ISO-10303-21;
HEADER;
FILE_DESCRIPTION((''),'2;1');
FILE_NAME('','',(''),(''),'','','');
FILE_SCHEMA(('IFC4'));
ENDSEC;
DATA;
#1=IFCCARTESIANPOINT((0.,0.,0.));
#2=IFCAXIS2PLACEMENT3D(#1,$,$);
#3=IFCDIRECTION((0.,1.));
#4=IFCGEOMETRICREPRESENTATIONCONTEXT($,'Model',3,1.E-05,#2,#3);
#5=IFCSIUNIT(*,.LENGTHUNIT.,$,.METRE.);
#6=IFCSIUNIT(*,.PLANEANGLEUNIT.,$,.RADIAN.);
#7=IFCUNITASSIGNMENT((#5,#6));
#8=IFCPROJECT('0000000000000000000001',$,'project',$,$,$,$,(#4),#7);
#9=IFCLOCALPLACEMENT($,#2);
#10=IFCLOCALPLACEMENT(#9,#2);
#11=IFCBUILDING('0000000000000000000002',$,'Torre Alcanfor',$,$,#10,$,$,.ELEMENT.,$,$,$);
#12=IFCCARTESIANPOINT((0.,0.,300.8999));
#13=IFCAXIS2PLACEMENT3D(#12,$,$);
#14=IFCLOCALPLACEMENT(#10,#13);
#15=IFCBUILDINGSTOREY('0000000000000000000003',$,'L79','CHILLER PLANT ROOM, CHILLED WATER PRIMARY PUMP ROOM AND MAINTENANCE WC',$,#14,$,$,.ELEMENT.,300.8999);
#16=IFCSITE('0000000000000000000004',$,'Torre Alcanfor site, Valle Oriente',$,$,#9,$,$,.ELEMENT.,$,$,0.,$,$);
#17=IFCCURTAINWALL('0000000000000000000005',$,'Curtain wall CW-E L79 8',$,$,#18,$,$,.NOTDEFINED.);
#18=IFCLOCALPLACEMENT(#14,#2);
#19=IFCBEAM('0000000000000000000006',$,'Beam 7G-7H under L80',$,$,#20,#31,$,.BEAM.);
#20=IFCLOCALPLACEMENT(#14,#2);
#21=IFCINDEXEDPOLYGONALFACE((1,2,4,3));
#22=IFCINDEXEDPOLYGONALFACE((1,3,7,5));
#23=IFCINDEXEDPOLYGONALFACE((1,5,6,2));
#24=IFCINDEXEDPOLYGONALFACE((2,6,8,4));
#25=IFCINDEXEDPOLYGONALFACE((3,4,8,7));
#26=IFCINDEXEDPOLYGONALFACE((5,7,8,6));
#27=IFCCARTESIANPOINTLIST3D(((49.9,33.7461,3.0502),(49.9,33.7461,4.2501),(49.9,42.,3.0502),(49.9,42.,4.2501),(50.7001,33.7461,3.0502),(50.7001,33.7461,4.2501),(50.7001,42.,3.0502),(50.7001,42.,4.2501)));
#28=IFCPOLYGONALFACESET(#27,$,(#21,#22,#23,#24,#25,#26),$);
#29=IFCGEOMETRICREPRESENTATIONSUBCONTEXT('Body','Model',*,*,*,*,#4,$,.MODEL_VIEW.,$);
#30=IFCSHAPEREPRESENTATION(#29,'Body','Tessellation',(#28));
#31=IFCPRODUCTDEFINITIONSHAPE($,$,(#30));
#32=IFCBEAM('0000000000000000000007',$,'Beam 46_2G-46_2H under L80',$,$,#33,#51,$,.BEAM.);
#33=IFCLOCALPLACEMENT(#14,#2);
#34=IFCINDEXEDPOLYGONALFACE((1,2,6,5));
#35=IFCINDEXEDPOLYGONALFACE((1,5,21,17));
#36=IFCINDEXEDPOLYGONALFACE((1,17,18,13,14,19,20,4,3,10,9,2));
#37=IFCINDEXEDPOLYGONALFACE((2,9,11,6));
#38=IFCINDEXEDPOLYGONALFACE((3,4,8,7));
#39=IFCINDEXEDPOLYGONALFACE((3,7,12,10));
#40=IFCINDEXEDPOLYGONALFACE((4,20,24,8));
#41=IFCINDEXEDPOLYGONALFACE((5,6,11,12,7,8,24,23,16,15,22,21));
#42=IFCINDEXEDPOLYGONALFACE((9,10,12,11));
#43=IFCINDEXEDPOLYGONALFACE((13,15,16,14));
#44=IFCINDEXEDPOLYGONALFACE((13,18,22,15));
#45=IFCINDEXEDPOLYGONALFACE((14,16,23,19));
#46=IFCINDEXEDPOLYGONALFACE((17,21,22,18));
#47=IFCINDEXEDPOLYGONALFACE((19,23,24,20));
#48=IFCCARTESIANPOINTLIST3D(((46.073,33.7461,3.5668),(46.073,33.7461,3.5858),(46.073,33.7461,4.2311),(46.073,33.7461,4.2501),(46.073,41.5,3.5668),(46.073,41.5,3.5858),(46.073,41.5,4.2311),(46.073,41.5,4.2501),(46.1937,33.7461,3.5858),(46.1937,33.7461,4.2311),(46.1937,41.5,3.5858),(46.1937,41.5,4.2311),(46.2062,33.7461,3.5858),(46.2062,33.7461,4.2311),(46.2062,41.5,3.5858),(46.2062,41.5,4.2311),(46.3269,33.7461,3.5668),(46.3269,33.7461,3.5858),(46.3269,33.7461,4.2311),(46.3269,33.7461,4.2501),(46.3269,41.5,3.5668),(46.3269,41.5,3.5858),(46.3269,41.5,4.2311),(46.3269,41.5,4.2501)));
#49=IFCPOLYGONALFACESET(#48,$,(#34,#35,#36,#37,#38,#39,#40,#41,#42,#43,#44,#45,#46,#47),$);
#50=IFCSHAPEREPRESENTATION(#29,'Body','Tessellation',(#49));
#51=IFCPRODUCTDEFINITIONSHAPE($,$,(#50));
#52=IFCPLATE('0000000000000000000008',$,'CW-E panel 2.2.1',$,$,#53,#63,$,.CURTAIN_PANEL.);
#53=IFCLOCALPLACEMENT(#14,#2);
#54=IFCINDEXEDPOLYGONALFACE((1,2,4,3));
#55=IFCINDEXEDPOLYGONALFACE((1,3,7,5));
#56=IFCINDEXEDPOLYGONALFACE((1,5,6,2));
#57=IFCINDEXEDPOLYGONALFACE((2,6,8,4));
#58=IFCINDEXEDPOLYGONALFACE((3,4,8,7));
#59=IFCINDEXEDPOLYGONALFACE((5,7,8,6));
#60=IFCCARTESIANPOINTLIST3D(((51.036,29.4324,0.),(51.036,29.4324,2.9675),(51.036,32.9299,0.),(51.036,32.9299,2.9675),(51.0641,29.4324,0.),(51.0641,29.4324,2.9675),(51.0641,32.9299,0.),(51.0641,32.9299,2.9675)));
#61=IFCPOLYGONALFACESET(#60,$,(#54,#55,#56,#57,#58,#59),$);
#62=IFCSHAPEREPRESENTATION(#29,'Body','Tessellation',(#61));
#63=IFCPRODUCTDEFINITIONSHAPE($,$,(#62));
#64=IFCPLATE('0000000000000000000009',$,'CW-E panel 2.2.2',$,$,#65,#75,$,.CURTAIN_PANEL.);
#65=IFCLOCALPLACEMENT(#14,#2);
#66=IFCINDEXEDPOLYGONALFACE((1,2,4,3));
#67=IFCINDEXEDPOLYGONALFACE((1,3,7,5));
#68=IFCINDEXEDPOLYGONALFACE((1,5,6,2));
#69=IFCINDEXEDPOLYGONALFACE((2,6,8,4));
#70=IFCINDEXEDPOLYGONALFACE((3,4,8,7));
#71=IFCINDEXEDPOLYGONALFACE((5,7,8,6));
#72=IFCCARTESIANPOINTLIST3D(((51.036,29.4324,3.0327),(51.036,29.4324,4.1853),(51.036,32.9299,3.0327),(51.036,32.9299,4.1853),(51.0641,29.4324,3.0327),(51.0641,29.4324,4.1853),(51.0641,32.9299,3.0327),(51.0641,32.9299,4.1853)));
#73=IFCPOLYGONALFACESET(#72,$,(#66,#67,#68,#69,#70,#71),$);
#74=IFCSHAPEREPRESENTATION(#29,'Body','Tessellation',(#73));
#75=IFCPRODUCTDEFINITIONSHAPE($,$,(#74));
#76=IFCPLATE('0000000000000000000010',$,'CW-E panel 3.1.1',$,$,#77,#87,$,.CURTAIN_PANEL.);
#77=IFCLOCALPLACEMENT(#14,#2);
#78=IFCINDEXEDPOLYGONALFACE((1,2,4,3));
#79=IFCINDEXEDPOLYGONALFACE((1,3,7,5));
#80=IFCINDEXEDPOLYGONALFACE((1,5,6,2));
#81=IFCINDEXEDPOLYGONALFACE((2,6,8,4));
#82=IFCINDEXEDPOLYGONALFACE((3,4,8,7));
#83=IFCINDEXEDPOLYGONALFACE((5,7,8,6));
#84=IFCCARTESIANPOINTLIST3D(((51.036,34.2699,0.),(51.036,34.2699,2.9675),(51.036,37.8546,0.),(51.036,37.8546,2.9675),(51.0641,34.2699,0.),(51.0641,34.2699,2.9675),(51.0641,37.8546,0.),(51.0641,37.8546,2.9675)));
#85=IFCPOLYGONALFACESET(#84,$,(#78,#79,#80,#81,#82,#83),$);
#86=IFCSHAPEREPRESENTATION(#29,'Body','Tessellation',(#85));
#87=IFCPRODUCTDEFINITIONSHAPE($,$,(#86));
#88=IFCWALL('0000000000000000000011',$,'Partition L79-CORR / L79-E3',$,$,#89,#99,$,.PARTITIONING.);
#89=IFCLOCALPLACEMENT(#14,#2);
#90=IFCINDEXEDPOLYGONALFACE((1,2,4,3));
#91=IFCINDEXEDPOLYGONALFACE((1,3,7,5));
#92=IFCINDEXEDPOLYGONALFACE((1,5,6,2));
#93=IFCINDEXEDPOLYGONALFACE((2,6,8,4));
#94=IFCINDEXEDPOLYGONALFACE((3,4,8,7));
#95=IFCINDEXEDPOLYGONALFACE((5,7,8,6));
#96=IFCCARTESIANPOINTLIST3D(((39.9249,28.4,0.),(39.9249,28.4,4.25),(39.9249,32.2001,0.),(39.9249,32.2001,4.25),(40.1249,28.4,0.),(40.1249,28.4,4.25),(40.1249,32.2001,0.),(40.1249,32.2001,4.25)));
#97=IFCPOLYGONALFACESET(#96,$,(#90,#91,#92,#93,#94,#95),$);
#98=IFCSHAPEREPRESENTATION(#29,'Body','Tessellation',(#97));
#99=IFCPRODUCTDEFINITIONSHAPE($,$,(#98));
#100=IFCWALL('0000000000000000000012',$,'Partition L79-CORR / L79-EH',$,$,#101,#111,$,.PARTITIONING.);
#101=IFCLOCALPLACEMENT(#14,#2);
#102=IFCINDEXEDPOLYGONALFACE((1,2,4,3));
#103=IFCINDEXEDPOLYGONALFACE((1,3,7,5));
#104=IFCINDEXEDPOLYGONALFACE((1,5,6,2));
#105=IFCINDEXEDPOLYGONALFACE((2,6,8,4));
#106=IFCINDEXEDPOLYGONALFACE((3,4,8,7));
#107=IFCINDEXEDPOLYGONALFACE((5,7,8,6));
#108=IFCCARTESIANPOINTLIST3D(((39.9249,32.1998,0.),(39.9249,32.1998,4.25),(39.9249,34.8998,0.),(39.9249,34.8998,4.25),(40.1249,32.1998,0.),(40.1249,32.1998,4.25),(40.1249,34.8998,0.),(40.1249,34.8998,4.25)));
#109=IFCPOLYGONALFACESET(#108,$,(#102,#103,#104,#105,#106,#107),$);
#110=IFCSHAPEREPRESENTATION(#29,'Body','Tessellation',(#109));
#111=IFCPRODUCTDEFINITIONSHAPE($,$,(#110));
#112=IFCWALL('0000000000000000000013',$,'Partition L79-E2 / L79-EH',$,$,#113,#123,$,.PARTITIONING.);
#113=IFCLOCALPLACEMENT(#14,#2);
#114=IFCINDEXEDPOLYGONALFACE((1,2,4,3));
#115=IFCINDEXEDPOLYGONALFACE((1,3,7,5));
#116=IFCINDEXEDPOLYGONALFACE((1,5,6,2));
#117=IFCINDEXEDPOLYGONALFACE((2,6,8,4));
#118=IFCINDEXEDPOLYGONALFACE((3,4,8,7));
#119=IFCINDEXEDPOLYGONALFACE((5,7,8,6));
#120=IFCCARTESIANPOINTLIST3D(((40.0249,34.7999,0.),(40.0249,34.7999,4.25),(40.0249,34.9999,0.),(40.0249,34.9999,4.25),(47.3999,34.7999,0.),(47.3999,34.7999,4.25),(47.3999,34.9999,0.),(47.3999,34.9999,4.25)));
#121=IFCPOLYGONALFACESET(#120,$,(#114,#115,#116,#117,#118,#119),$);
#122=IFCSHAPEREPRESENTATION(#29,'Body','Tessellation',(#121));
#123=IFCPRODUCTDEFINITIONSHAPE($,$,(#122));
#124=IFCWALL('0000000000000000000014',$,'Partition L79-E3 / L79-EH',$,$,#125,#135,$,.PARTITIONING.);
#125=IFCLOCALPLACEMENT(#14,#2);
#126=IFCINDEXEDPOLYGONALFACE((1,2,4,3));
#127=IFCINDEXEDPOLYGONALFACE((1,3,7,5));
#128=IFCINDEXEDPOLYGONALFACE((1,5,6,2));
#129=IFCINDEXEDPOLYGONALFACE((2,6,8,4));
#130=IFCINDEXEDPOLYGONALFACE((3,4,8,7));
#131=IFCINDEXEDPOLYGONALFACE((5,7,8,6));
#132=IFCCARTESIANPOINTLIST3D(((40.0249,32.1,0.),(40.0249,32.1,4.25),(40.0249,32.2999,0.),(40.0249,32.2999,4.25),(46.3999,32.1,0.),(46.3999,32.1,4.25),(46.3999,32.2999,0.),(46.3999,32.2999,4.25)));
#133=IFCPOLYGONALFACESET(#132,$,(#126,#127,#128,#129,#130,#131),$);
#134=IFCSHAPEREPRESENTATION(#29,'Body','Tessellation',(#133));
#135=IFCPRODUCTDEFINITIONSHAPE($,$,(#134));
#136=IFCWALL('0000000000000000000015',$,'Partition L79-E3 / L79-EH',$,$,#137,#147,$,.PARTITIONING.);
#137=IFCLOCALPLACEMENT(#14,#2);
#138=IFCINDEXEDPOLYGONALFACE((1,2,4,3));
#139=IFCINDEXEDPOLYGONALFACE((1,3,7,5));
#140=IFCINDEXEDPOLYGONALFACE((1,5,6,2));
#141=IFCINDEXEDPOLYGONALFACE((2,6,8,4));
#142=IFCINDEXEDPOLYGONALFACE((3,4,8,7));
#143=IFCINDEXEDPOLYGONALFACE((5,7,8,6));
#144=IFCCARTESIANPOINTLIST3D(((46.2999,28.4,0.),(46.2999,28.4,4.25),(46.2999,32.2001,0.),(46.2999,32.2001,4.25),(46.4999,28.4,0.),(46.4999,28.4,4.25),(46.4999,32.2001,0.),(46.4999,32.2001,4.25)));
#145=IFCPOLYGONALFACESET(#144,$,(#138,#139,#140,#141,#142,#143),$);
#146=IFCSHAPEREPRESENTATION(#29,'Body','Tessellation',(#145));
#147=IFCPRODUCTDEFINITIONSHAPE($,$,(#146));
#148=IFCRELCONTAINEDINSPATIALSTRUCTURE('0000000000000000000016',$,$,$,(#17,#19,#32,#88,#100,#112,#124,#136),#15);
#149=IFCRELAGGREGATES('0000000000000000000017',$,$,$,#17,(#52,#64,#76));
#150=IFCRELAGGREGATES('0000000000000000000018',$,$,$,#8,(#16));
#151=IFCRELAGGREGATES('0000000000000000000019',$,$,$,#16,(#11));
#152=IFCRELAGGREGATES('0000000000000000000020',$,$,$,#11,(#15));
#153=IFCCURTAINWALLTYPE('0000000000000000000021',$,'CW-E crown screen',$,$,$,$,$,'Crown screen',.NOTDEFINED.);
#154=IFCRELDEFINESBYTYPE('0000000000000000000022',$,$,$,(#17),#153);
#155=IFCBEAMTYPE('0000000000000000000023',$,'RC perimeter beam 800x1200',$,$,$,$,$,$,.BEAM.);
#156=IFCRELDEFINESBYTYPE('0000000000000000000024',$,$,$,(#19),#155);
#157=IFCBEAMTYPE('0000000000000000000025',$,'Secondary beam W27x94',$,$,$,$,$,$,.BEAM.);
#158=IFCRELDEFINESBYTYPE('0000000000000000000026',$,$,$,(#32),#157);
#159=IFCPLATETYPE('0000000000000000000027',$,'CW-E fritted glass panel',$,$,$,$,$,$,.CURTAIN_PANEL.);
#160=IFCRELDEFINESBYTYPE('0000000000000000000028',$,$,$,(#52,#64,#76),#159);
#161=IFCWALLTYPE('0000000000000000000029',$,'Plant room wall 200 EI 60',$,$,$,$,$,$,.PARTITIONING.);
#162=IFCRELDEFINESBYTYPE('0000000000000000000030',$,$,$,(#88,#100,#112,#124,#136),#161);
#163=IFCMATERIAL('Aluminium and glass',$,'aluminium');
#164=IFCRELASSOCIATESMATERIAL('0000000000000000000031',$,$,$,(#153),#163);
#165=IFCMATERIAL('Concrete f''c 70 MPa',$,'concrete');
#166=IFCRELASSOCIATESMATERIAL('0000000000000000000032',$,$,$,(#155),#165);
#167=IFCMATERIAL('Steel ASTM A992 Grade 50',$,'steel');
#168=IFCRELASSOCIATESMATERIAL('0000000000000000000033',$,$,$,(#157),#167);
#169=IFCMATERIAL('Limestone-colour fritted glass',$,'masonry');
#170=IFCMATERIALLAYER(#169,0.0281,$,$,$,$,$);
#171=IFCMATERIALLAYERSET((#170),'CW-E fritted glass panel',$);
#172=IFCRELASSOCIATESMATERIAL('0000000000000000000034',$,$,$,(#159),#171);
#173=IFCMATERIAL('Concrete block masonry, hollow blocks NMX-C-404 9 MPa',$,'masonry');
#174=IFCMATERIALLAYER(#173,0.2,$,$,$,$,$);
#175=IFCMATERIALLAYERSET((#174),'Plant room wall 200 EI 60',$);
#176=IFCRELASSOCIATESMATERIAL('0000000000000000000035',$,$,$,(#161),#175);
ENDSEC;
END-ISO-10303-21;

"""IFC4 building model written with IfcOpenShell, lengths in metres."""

from ifc_helpers import new_model, si_unit, direction, frame, frame_2d, origin, origin_2d, place, context, subcontext, project, spatial, rectangle, i_section, extrude, material, layer, layer_set, material_profile, profile_set, type_object, element, aggregate, save


model = new_model("IFC4")

# Units and contexts
model_context = context("Model", 3, precision=1e-05, world=origin(), true_north=direction((0.0, 1.0)))
body_context = subcontext(model_context, "Body", "Model", "MODEL_VIEW")
ifc_project = project(units=[si_unit("LENGTHUNIT", "METRE"), si_unit("PLANEANGLEUNIT", "RADIAN")], contexts=[model_context])

# Site, building, storey
site_placement = place(None, origin())
site = spatial("IfcSite", under=ifc_project, at=site_placement, Name="Torre Alcanfor site, Valle Oriente", CompositionType="ELEMENT", RefElevation=0.0)
building_placement = place(site_placement, origin())
building = spatial("IfcBuilding", under=site, at=building_placement, Name="Torre Alcanfor", CompositionType="ELEMENT")
storey_placement = place(building_placement, frame((0.0, 0.0, 300.8999)))
storey = spatial("IfcBuildingStorey", under=building, at=storey_placement, Name="L79", Description="CHILLER PLANT ROOM, CHILLED WATER PRIMARY PUMP ROOM AND MAINTENANCE WC", CompositionType="ELEMENT", Elevation=300.8999)

# Curtain wall
ifc_material_1 = material(Name="Aluminium and glass", Category="aluminium")
curtain_wall_type = type_object("IfcCurtainWallType", Name="CW-E crown screen", ElementType="Crown screen", PredefinedType="NOTDEFINED", material=ifc_material_1)
curtain_wall_placement = place(storey_placement, origin())
curtain_wall = element("IfcCurtainWall", 1, at=curtain_wall_placement, inside=storey, type_object=curtain_wall_type, Name="Curtain wall CW-E L79 8", PredefinedType="NOTDEFINED")

# Beams
ifc_material_2 = material(Name="Concrete f'c 70 MPa", Category="concrete")
ifc_material_profile_1 = material_profile(ifc_material_2, rectangle(XDim=0.8, YDim=1.2, at=origin_2d()), Name="800x1200")
ifc_profile_set_1 = profile_set([ifc_material_profile_1], Name="Concrete f'c 70 MPa")
beam_type_1 = type_object("IfcBeamType", Name="RC perimeter beam 800x1200", PredefinedType="BEAM", material=ifc_profile_set_1)
beam_1_placement = place(storey_placement, frame((50.3, 33.7461, 3.6501), z_axis=(0.0, 1.0, 0.0), x_axis=(-1.0, 0.0, 0.0)))
element("IfcBeam", 2, at=beam_1_placement, inside=storey, type_object=beam_type_1, Name="Beam 7G-7H under L80", PredefinedType="BEAM", context=body_context, shape_type="SweptSolid", body=[
    extrude(rectangle(XDim=0.8, YDim=1.2, at=origin_2d()), origin(), (0.0, 0.0, 1.0), 8.2539),
])
ifc_material_3 = material(Name="Steel ASTM A992 Grade 50", Category="steel")
ifc_material_profile_2 = material_profile(ifc_material_3, i_section(OverallWidth=0.2539, OverallDepth=0.6833, WebThickness=0.0125, FlangeThickness=0.019, at=origin_2d()), Name="W27x94")
ifc_profile_set_2 = profile_set([ifc_material_profile_2], Name="Steel ASTM A992 Grade 50")
beam_type_2 = type_object("IfcBeamType", Name="Secondary beam W27x94", PredefinedType="BEAM", material=ifc_profile_set_2)
beam_2_placement = place(storey_placement, frame((46.2, 33.7461, 3.9084), z_axis=(0.0, 1.0, 0.0), x_axis=(-1.0, 0.0, 0.0)))
element("IfcBeam", 3, at=beam_2_placement, inside=storey, type_object=beam_type_2, Name="Beam 46_2G-46_2H under L80", PredefinedType="BEAM", context=body_context, shape_type="SweptSolid", body=[
    extrude(i_section(OverallWidth=0.2539, OverallDepth=0.6833, WebThickness=0.0125, FlangeThickness=0.019, at=origin_2d()), origin(), (0.0, 0.0, 1.0), 7.7539),
])

# Plates
ifc_material_4 = material(Name="Limestone-colour fritted glass", Category="masonry")
ifc_layer_1 = layer(ifc_material_4, 0.0281)
ifc_layer_set_1 = layer_set([ifc_layer_1], Name="CW-E fritted glass panel")
plate_type = type_object("IfcPlateType", Name="CW-E fritted glass panel", PredefinedType="CURTAIN_PANEL", material=ifc_layer_set_1)
plate_1_placement = place(storey_placement, frame((51.05, 31.1812, 0.0), z_axis=(0.0, 0.0, 1.0), x_axis=(0.0, 1.0, 0.0)))
plate_1 = element("IfcPlate", 4, at=plate_1_placement, type_object=plate_type, Name="CW-E panel 2.2.1", PredefinedType="CURTAIN_PANEL", context=body_context, shape_type="SweptSolid", body=[
    extrude(rectangle(XDim=3.4976, YDim=0.0281, at=origin_2d()), origin(), (0.0, 0.0, 1.0), 2.9675),
])
plate_2_placement = place(storey_placement, frame((51.05, 31.1812, 3.0327), z_axis=(0.0, 0.0, 1.0), x_axis=(0.0, 1.0, 0.0)))
plate_2 = element("IfcPlate", 5, at=plate_2_placement, type_object=plate_type, Name="CW-E panel 2.2.2", PredefinedType="CURTAIN_PANEL", context=body_context, shape_type="SweptSolid", body=[
    extrude(rectangle(XDim=3.4976, YDim=0.0281, at=origin_2d()), origin(), (0.0, 0.0, 1.0), 1.1526),
])
plate_3_placement = place(storey_placement, frame((51.05, 36.0623, 0.0), z_axis=(0.0, 0.0, 1.0), x_axis=(0.0, 1.0, 0.0)))
plate_3 = element("IfcPlate", 6, at=plate_3_placement, type_object=plate_type, Name="CW-E panel 3.1.1", PredefinedType="CURTAIN_PANEL", context=body_context, shape_type="SweptSolid", body=[
    extrude(rectangle(XDim=3.5847, YDim=0.0281, at=origin_2d()), origin(), (0.0, 0.0, 1.0), 2.9675),
])
aggregate(curtain_wall, [plate_1, plate_2, plate_3])

# Walls
ifc_material_5 = material(Name="Concrete block masonry, hollow blocks NMX-C-404 9 MPa", Category="masonry")
ifc_layer_2 = layer(ifc_material_5, 0.2)
ifc_layer_set_2 = layer_set([ifc_layer_2], Name="Plant room wall 200 EI 60")
wall_type = type_object("IfcWallType", Name="Plant room wall 200 EI 60", PredefinedType="PARTITIONING", material=ifc_layer_set_2)
wall_1_placement = place(storey_placement, frame((40.0249, 32.2, 0.0), z_axis=(0.0, 0.0, 1.0), x_axis=(0.0, -1.0, 0.0)))
element("IfcWall", 7, at=wall_1_placement, inside=storey, type_object=wall_type, Name="Partition L79-CORR / L79-E3", PredefinedType="PARTITIONING", context=body_context, shape_type="SweptSolid", body=[
    extrude(rectangle(XDim=3.8, YDim=0.2, at=frame_2d((1.8999, 0.0))), origin(), (0.0, 0.0, 1.0), 4.25),
])
wall_2_placement = place(storey_placement, frame((40.0249, 34.8999, 0.0), z_axis=(0.0, 0.0, 1.0), x_axis=(0.0, -1.0, 0.0)))
element("IfcWall", 8, at=wall_2_placement, inside=storey, type_object=wall_type, Name="Partition L79-CORR / L79-EH", PredefinedType="PARTITIONING", context=body_context, shape_type="SweptSolid", body=[
    extrude(rectangle(XDim=2.7, YDim=0.2, at=frame_2d((1.3501, 0.0))), origin(), (0.0, 0.0, 1.0), 4.25),
])
wall_3_placement = place(storey_placement, frame((47.3999, 34.8999, 0.0), z_axis=(0.0, 0.0, 1.0), x_axis=(-1.0, 0.0, 0.0)))
element("IfcWall", 9, at=wall_3_placement, inside=storey, type_object=wall_type, Name="Partition L79-E2 / L79-EH", PredefinedType="PARTITIONING", context=body_context, shape_type="SweptSolid", body=[
    extrude(rectangle(XDim=7.375, YDim=0.2, at=frame_2d((3.6875, 0.0))), origin(), (0.0, 0.0, 1.0), 4.25),
])
wall_4_placement = place(storey_placement, frame((40.0249, 32.2, 0.0), z_axis=(0.0, 0.0, 1.0), x_axis=(1.0, 0.0, 0.0)))
element("IfcWall", 10, at=wall_4_placement, inside=storey, type_object=wall_type, Name="Partition L79-E3 / L79-EH", PredefinedType="PARTITIONING", context=body_context, shape_type="SweptSolid", body=[
    extrude(rectangle(XDim=6.375, YDim=0.2, at=frame_2d((3.1875, 0.0))), origin(), (0.0, 0.0, 1.0), 4.25),
])
wall_5_placement = place(storey_placement, frame((46.3999, 32.2, 0.0), z_axis=(0.0, 0.0, 1.0), x_axis=(0.0, -1.0, 0.0)))
element("IfcWall", 11, at=wall_5_placement, inside=storey, type_object=wall_type, Name="Partition L79-E3 / L79-EH", PredefinedType="PARTITIONING", context=body_context, shape_type="SweptSolid", body=[
    extrude(rectangle(XDim=3.8, YDim=0.2, at=frame_2d((1.8999, 0.0))), origin(), (0.0, 0.0, 1.0), 4.25),
])

save(model, "model.ifc")
